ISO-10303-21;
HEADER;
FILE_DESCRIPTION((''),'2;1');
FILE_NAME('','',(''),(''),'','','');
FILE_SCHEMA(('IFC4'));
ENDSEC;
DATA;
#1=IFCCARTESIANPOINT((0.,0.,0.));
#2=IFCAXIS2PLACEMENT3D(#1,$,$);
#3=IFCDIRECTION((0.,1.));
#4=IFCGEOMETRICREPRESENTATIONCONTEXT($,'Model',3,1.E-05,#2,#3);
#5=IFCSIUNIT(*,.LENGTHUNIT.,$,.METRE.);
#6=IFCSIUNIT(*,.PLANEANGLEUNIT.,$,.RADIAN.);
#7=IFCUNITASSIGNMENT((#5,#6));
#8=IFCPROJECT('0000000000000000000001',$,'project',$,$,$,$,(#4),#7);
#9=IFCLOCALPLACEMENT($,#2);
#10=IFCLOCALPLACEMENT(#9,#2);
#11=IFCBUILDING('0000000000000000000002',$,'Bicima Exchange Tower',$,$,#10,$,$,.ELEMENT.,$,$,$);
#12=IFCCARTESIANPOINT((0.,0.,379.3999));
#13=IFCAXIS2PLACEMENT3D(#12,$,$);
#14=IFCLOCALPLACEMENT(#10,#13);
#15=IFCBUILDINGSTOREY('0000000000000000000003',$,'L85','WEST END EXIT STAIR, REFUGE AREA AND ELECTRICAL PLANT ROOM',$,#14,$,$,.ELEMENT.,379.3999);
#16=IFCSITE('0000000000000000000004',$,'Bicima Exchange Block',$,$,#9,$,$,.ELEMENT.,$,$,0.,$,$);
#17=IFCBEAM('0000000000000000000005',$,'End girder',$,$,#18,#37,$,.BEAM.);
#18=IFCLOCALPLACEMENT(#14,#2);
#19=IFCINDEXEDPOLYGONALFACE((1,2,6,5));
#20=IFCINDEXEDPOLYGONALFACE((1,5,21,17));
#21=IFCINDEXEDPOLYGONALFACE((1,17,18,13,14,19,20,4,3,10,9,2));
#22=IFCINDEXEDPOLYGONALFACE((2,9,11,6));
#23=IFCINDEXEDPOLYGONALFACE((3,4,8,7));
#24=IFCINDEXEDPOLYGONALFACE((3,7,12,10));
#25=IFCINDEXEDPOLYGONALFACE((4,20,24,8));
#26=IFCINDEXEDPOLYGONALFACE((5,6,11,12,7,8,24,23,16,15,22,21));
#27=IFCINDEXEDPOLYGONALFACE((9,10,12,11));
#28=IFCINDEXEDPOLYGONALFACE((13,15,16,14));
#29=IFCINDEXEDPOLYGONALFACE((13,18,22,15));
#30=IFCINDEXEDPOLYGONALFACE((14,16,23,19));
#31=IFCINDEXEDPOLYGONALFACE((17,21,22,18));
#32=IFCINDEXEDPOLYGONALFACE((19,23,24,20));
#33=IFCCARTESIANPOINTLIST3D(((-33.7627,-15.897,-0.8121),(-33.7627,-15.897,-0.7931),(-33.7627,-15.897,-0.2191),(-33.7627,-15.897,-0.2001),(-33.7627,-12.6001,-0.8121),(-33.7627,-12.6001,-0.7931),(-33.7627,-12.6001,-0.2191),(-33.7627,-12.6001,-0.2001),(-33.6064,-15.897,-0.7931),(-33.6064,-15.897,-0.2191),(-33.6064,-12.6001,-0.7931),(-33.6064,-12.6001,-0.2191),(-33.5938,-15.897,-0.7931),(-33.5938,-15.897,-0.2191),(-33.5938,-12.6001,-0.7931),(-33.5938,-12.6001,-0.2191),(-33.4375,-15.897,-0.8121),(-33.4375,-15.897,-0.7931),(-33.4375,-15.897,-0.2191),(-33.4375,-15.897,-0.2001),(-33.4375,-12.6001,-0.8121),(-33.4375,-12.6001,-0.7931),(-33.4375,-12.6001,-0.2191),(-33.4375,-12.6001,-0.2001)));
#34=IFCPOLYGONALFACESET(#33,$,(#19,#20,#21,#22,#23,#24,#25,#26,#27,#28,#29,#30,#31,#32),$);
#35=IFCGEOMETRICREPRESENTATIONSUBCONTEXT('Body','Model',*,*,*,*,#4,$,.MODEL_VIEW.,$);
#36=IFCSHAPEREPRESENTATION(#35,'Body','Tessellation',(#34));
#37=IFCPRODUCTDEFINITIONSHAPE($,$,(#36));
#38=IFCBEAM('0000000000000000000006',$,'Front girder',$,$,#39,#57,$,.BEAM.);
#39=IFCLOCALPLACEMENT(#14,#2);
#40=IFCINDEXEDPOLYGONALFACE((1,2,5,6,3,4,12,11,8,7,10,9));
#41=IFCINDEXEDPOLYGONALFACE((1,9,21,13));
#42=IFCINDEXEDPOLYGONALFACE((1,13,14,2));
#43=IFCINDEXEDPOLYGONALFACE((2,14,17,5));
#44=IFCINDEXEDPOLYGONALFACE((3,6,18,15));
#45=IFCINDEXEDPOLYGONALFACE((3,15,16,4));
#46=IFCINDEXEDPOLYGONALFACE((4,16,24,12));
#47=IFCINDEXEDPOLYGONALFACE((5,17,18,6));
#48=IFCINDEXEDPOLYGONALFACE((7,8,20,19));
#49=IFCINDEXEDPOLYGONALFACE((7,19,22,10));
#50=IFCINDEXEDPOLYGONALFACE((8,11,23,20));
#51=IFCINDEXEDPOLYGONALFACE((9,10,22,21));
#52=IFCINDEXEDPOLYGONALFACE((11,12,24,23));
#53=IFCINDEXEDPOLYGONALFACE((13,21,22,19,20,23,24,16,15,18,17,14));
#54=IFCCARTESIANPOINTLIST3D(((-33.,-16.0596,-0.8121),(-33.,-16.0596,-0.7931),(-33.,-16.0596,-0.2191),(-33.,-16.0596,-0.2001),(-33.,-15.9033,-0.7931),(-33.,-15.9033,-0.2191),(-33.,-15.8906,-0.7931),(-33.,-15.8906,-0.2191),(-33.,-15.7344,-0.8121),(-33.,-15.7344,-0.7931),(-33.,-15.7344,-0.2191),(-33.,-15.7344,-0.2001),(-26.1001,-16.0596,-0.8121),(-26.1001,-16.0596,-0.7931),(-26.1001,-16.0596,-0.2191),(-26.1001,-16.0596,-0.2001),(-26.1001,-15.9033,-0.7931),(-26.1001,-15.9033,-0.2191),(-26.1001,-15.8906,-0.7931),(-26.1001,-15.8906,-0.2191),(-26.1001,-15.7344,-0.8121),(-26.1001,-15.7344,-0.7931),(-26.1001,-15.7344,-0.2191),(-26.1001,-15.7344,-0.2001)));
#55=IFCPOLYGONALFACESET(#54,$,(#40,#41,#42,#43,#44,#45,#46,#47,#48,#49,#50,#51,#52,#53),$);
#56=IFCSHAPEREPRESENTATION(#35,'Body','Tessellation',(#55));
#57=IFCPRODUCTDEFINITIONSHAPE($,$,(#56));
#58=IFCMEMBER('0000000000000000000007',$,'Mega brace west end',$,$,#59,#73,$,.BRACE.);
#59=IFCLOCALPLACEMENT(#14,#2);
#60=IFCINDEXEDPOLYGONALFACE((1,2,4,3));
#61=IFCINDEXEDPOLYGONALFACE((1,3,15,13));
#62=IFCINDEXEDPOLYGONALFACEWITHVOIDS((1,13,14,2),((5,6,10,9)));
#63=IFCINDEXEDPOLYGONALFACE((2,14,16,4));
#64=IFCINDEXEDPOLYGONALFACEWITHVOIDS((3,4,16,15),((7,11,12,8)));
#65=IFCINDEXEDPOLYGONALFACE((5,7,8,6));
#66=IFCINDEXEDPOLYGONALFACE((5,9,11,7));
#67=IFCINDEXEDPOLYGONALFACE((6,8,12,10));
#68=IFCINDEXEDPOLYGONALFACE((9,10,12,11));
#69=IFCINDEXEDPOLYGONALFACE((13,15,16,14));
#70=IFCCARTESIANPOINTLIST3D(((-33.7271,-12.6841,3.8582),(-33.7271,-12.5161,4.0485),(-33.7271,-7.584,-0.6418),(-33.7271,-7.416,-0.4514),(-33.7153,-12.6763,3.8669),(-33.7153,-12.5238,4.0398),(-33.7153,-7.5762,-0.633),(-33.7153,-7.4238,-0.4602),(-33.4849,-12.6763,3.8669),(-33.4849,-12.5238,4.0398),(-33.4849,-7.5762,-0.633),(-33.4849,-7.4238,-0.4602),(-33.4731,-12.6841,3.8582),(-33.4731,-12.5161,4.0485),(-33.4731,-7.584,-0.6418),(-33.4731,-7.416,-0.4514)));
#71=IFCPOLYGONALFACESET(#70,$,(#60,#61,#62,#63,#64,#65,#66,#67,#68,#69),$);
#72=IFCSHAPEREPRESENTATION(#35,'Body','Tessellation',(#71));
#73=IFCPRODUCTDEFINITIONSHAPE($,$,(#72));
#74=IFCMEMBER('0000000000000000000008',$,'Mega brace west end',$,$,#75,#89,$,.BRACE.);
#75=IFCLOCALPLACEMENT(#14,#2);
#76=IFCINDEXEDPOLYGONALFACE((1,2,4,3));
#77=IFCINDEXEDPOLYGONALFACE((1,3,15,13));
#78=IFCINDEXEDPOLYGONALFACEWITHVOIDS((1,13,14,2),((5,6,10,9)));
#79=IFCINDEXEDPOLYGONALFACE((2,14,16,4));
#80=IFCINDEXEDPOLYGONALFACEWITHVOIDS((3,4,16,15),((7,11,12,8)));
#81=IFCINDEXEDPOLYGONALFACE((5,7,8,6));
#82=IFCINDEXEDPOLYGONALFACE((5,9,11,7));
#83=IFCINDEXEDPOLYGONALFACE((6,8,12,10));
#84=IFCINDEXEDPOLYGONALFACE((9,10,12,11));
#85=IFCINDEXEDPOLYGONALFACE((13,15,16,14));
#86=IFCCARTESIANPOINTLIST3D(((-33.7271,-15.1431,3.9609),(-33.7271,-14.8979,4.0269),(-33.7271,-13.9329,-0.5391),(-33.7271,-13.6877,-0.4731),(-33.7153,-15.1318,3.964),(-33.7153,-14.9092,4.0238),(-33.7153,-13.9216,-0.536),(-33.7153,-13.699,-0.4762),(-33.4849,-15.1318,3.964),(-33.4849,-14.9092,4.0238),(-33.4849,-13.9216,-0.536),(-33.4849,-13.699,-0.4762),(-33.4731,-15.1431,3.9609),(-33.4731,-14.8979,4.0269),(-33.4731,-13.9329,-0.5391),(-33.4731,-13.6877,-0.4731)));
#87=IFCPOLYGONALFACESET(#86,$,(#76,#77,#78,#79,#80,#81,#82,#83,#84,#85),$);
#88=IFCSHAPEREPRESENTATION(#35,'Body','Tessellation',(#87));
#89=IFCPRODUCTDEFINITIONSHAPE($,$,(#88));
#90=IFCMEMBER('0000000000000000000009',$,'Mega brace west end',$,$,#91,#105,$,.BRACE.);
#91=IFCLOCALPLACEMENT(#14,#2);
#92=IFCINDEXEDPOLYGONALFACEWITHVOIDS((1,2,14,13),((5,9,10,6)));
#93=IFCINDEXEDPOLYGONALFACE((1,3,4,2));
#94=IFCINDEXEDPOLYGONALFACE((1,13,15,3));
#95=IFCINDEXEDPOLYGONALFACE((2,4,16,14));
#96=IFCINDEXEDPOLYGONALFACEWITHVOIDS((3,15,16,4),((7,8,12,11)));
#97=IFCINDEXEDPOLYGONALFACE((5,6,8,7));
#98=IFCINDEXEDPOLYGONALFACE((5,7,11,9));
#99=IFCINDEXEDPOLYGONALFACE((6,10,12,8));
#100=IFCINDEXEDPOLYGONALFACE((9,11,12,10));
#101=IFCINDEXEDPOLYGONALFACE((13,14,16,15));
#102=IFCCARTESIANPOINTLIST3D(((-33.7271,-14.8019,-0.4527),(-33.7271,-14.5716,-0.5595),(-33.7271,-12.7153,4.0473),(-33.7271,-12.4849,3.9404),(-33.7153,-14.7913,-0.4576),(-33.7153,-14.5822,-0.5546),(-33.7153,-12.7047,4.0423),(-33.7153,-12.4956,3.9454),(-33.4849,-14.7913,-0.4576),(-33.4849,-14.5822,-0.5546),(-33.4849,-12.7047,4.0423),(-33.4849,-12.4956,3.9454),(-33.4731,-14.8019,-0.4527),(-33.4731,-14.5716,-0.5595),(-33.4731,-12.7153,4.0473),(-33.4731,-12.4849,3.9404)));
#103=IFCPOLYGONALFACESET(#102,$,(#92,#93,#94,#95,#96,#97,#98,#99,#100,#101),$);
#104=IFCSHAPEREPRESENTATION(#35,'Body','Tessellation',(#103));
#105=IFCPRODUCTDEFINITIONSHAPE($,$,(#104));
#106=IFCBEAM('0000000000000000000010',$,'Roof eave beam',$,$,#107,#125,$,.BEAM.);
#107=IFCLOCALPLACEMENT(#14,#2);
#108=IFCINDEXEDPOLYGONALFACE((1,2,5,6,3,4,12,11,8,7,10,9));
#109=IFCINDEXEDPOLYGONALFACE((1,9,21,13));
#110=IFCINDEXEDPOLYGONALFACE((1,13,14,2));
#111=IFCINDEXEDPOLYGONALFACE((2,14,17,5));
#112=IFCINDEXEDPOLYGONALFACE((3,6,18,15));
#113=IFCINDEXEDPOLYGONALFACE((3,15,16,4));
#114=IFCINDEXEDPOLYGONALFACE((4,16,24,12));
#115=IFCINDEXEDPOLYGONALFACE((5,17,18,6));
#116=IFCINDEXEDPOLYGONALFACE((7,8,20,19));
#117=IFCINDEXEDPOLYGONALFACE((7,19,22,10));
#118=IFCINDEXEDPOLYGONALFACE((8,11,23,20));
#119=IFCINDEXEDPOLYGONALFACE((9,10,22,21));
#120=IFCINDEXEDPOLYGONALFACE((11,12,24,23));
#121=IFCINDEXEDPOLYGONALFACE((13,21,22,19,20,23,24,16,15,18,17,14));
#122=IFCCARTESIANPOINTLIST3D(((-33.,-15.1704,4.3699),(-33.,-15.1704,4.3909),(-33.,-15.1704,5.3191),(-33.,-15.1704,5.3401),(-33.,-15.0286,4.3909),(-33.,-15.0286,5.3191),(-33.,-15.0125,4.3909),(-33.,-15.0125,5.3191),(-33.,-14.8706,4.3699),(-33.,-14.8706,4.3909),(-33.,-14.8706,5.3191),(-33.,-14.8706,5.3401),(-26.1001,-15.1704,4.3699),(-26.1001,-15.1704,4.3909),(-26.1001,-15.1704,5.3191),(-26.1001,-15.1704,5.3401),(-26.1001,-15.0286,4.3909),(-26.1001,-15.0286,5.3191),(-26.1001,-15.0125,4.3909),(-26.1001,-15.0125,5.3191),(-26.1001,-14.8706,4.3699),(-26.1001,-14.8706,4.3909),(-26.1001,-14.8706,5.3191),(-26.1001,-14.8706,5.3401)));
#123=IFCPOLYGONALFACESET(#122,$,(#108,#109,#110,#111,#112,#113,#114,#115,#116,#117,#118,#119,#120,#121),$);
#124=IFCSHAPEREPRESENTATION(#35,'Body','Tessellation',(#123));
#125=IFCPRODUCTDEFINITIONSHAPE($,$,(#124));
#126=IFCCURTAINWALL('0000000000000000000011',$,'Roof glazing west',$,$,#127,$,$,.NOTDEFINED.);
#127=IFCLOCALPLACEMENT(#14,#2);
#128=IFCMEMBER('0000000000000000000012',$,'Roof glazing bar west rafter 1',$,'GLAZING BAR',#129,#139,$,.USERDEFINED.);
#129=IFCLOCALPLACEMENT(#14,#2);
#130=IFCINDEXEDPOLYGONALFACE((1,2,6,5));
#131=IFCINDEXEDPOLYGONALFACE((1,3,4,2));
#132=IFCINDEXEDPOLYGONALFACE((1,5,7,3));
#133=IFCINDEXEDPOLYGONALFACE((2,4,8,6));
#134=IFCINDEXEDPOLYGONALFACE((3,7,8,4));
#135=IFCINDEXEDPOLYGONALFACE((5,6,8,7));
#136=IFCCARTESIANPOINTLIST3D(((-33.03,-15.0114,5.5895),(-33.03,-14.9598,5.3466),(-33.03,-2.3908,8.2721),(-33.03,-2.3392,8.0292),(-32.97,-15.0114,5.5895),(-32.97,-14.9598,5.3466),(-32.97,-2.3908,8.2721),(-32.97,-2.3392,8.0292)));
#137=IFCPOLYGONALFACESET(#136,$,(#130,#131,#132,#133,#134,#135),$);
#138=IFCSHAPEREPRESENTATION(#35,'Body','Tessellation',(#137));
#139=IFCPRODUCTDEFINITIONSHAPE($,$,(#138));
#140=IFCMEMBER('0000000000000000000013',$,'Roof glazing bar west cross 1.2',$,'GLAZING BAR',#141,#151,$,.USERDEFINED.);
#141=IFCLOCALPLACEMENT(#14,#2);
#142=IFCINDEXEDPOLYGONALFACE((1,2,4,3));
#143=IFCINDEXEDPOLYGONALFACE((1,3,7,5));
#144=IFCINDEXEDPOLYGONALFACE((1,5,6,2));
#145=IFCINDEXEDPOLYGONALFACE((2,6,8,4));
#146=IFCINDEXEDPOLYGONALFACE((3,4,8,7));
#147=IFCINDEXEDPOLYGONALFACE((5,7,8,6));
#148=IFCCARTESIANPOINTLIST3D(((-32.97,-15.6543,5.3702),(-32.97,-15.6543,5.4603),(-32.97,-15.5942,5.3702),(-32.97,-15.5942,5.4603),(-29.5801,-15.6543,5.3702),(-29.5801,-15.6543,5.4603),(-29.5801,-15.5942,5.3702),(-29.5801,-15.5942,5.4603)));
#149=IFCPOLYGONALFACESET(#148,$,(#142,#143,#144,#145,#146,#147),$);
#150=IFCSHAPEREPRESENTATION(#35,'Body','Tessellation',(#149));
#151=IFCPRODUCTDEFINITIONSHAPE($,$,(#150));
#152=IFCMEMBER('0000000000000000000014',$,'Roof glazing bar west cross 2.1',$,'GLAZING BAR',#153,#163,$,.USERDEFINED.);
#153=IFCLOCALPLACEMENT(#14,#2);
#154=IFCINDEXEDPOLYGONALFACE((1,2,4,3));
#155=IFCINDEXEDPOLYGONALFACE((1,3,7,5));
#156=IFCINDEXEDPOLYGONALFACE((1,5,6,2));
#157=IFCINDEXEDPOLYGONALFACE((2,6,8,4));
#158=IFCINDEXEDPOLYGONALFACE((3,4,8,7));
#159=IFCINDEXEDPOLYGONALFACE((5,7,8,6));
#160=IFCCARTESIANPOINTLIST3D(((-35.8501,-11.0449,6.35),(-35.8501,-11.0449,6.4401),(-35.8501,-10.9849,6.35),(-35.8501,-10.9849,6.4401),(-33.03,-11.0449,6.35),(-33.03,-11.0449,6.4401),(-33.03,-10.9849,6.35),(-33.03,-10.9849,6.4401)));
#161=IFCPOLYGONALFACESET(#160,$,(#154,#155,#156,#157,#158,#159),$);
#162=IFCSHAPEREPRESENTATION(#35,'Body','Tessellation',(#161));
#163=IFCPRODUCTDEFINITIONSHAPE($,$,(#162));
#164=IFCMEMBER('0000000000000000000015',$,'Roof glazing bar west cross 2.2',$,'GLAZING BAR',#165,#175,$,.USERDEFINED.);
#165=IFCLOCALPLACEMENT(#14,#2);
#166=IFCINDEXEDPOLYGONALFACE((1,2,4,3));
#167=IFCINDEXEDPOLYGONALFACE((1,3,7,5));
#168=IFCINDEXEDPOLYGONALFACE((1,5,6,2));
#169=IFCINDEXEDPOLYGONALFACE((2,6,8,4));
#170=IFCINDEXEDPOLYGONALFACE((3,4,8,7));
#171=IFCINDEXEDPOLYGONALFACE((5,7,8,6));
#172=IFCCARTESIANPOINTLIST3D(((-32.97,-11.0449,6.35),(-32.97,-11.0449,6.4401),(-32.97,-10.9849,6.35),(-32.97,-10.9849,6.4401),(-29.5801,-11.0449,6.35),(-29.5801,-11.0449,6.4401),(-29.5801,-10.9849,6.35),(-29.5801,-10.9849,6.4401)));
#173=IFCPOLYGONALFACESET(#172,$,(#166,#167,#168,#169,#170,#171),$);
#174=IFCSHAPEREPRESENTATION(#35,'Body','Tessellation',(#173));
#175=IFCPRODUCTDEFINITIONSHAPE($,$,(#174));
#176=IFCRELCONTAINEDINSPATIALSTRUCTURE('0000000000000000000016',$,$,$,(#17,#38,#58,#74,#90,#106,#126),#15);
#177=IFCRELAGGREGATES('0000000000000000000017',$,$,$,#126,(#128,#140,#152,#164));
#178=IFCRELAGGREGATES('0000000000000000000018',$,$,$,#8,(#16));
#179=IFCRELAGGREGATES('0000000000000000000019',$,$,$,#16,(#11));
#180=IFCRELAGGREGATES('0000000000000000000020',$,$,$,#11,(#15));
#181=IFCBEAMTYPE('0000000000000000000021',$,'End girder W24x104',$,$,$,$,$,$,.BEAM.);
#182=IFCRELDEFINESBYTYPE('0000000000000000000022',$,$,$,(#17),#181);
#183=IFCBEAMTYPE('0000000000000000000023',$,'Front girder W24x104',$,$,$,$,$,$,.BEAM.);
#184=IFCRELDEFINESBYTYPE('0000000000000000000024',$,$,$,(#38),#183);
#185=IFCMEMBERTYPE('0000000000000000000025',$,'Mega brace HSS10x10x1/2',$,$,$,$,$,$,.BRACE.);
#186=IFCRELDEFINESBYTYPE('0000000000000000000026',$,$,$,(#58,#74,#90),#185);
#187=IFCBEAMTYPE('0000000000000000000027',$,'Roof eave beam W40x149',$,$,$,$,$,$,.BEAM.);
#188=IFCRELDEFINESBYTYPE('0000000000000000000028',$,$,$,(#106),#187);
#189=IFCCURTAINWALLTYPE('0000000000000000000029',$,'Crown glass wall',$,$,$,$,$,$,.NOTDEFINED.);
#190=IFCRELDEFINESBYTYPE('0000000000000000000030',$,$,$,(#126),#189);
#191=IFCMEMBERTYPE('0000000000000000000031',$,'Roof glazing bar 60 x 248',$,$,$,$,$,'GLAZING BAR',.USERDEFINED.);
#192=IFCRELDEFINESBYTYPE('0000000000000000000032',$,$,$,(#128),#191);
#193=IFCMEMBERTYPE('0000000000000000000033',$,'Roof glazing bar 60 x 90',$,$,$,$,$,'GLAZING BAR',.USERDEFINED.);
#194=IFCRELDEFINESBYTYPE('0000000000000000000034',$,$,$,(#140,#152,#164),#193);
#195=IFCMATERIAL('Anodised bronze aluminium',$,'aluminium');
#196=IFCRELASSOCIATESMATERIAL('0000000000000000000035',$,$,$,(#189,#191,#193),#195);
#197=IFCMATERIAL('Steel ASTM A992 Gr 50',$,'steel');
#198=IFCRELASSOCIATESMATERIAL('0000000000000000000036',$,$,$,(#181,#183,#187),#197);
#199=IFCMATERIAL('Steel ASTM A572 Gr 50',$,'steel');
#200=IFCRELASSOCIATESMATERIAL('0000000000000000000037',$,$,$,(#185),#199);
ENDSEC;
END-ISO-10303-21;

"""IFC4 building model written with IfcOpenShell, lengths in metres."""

from ifc_helpers import new_model, si_unit, direction, frame, origin, origin_2d, place, context, subcontext, project, spatial, rectangle, hollow_rectangle, i_section, extrude, material, material_profile, profile_set, type_object, element, aggregate, save


model = new_model("IFC4")

# Units and contexts
model_context = context("Model", 3, precision=1e-05, world=origin(), true_north=direction((0.0, 1.0)))
body_context = subcontext(model_context, "Body", "Model", "MODEL_VIEW")
ifc_project = project(units=[si_unit("LENGTHUNIT", "METRE"), si_unit("PLANEANGLEUNIT", "RADIAN")], contexts=[model_context])

# Site, building, storey
site_placement = place(None, origin())
site = spatial("IfcSite", under=ifc_project, at=site_placement, Name="Bicima Exchange Block", CompositionType="ELEMENT", RefElevation=0.0)
building_placement = place(site_placement, origin())
building = spatial("IfcBuilding", under=site, at=building_placement, Name="Bicima Exchange Tower", CompositionType="ELEMENT")
storey_placement = place(building_placement, frame((0.0, 0.0, 379.3999)))
storey = spatial("IfcBuildingStorey", under=building, at=storey_placement, Name="L85", Description="WEST END EXIT STAIR, REFUGE AREA AND ELECTRICAL PLANT ROOM", CompositionType="ELEMENT", Elevation=379.3999)

# Shared definitions
ifc_material_1 = material(Name="Steel ASTM A572 Gr 50", Category="steel")
ifc_material_2 = material(Name="Steel ASTM A992 Gr 50", Category="steel")

# Shared definitions
ifc_material_3 = material(Name="Anodised bronze aluminium", Category="aluminium")
curtain_wall_type = type_object("IfcCurtainWallType", Name="Crown glass wall", PredefinedType="NOTDEFINED", material=ifc_material_3)

# Beams
ifc_material_profile_1 = material_profile(ifc_material_2, i_section(OverallWidth=0.3252, OverallDepth=0.6121, WebThickness=0.0127, FlangeThickness=0.019, at=origin_2d()))
ifc_profile_set_1 = profile_set([ifc_material_profile_1], Name="Steel ASTM A992 Gr 50")
beam_type_1 = type_object("IfcBeamType", Name="End girder W24x104", PredefinedType="BEAM", material=ifc_profile_set_1)
beam_1_placement = place(storey_placement, frame((-33.6001, -12.6001, -0.5061), z_axis=(0.0, -1.0, 0.0), x_axis=(1.0, 0.0, 0.0)))
element("IfcBeam", 1, at=beam_1_placement, inside=storey, type_object=beam_type_1, Name="End girder", PredefinedType="BEAM", context=body_context, shape_type="SweptSolid", body=[
    extrude(i_section(OverallWidth=0.3252, OverallDepth=0.6121, WebThickness=0.0127, FlangeThickness=0.019, at=origin_2d()), origin(), (0.0, 0.0, 1.0), 3.2969),
])
beam_type_2 = type_object("IfcBeamType", Name="Front girder W24x104", PredefinedType="BEAM", material=ifc_profile_set_1)
beam_2_placement = place(storey_placement, frame((-33.0, -15.897, -0.5061), z_axis=(1.0, 0.0, 0.0), x_axis=(0.0, 1.0, 0.0)))
element("IfcBeam", 2, at=beam_2_placement, inside=storey, type_object=beam_type_2, Name="Front girder", PredefinedType="BEAM", context=body_context, shape_type="SweptSolid", body=[
    extrude(i_section(OverallWidth=0.3252, OverallDepth=0.6121, WebThickness=0.0127, FlangeThickness=0.019, at=origin_2d()), origin(), (0.0, 0.0, 1.0), 6.8999),
])

# Members
ifc_material_profile_2 = material_profile(ifc_material_1, hollow_rectangle(XDim=0.2539, YDim=0.2539, WallThickness=0.0117, at=origin_2d()))
ifc_profile_set_2 = profile_set([ifc_material_profile_2], Name="Steel ASTM A572 Gr 50")
member_type_1 = type_object("IfcMemberType", Name="Mega brace HSS10x10x1/2", PredefinedType="BRACE", material=ifc_profile_set_2)
member_1_placement = place(storey_placement, frame((-33.6001, -7.5, -0.5466), z_axis=(0.0, -0.749844, 0.661615), x_axis=(1.0, 0.0, 0.0)))
element("IfcMember", 3, at=member_1_placement, inside=storey, type_object=member_type_1, Name="Mega brace west end", PredefinedType="BRACE", context=body_context, shape_type="SweptSolid", body=[
    extrude(hollow_rectangle(XDim=0.2539, YDim=0.2539, WallThickness=0.0117, at=origin_2d()), origin(), (0.0, 0.0, 1.0), 6.8015),
])
member_2_placement = place(storey_placement, frame((-33.6001, -13.8103, -0.5061), z_axis=(0.0, -0.259707, 0.965688), x_axis=(1.0, 0.0, 0.0)))
element("IfcMember", 4, at=member_2_placement, inside=storey, type_object=member_type_1, Name="Mega brace west end", PredefinedType="BRACE", context=body_context, shape_type="SweptSolid", body=[
    extrude(hollow_rectangle(XDim=0.2539, YDim=0.2539, WallThickness=0.0117, at=origin_2d()), origin(), (0.0, 0.0, 1.0), 4.6599),
])
member_3_placement = place(storey_placement, frame((-33.6001, -14.6868, -0.5061), z_axis=(0.0, 0.420677, 0.90721), x_axis=(-1.0, 0.0, 0.0)))
element("IfcMember", 5, at=member_3_placement, inside=storey, type_object=member_type_1, Name="Mega brace west end", PredefinedType="BRACE", context=body_context, shape_type="SweptSolid", body=[
    extrude(hollow_rectangle(XDim=0.2539, YDim=0.2539, WallThickness=0.0117, at=origin_2d()), origin(), (0.0, 0.0, 1.0), 4.9602),
])

# Beam
ifc_material_profile_3 = material_profile(ifc_material_2, i_section(OverallWidth=0.2998, OverallDepth=0.9702, WebThickness=0.0161, FlangeThickness=0.021, at=origin_2d()))
ifc_profile_set_3 = profile_set([ifc_material_profile_3], Name="Steel ASTM A992 Gr 50")
beam_type_3 = type_object("IfcBeamType", Name="Roof eave beam W40x149", PredefinedType="BEAM", material=ifc_profile_set_3)
beam_3_placement = place(storey_placement, frame((-33.0, -15.0205, 4.855), z_axis=(1.0, 0.0, 0.0), x_axis=(0.0, 1.0, 0.0)))
element("IfcBeam", 6, at=beam_3_placement, inside=storey, type_object=beam_type_3, Name="Roof eave beam", PredefinedType="BEAM", context=body_context, shape_type="SweptSolid", body=[
    extrude(i_section(OverallWidth=0.2998, OverallDepth=0.9702, WebThickness=0.0161, FlangeThickness=0.021, at=origin_2d()), origin(), (0.0, 0.0, 1.0), 6.8999),
])

# Curtain wall, members
curtain_wall_1_placement = place(storey_placement, origin())
curtain_wall_1 = element("IfcCurtainWall", 7, at=curtain_wall_1_placement, inside=storey, type_object=curtain_wall_type, Name="Roof glazing west", PredefinedType="NOTDEFINED")
ifc_material_profile_4 = material_profile(ifc_material_3, rectangle(XDim=0.0601, YDim=0.2483, at=origin_2d()))
ifc_profile_set_4 = profile_set([ifc_material_profile_4], Name="Anodised bronze aluminium")
member_type_2 = type_object("IfcMemberType", Name="Roof glazing bar 60 x 248", ElementType="GLAZING BAR", PredefinedType="USERDEFINED", material=ifc_profile_set_4)
member_4_placement = place(storey_placement, frame((-33.0, -14.9856, 5.468), z_axis=(0.0, 0.978147, 0.207914), x_axis=(-1.0, 0.0, 0.0)))
member_4 = element("IfcMember", 8, at=member_4_placement, type_object=member_type_2, Name="Roof glazing bar west rafter 1", ObjectType="GLAZING BAR", PredefinedType="USERDEFINED", context=body_context, shape_type="SweptSolid", body=[
    extrude(rectangle(XDim=0.0601, YDim=0.2483, at=origin_2d()), origin(), (0.0, 0.0, 1.0), 12.9026),
])
ifc_material_profile_5 = material_profile(ifc_material_3, rectangle(XDim=0.0601, YDim=0.0901, at=origin_2d()))
ifc_profile_set_5 = profile_set([ifc_material_profile_5], Name="Anodised bronze aluminium")
member_type_3 = type_object("IfcMemberType", Name="Roof glazing bar 60 x 90", ElementType="GLAZING BAR", PredefinedType="USERDEFINED", material=ifc_profile_set_5)
member_5_placement = place(storey_placement, frame((-32.97, -15.6243, 5.4153), z_axis=(1.0, 0.0, 0.0), x_axis=(0.0, 1.0, 0.0)))
member_5 = element("IfcMember", 9, at=member_5_placement, type_object=member_type_3, Name="Roof glazing bar west cross 1.2", ObjectType="GLAZING BAR", PredefinedType="USERDEFINED", context=body_context, shape_type="SweptSolid", body=[
    extrude(rectangle(XDim=0.0601, YDim=0.0901, at=origin_2d()), origin(), (0.0, 0.0, 1.0), 3.3899),
])
member_6_placement = place(storey_placement, frame((-35.8501, -11.0149, 6.395), z_axis=(1.0, 0.0, 0.0), x_axis=(0.0, 1.0, 0.0)))
member_6 = element("IfcMember", 10, at=member_6_placement, type_object=member_type_3, Name="Roof glazing bar west cross 2.1", ObjectType="GLAZING BAR", PredefinedType="USERDEFINED", context=body_context, shape_type="SweptSolid", body=[
    extrude(rectangle(XDim=0.0601, YDim=0.0901, at=origin_2d()), origin(), (0.0, 0.0, 1.0), 2.8201),
])
member_7_placement = place(storey_placement, frame((-32.97, -11.0149, 6.395), z_axis=(1.0, 0.0, 0.0), x_axis=(0.0, 1.0, 0.0)))
member_7 = element("IfcMember", 11, at=member_7_placement, type_object=member_type_3, Name="Roof glazing bar west cross 2.2", ObjectType="GLAZING BAR", PredefinedType="USERDEFINED", context=body_context, shape_type="SweptSolid", body=[
    extrude(rectangle(XDim=0.0601, YDim=0.0901, at=origin_2d()), origin(), (0.0, 0.0, 1.0), 3.3899),
])

aggregate(curtain_wall_1, [member_4, member_5, member_6, member_7])

save(model, "model.ifc")
